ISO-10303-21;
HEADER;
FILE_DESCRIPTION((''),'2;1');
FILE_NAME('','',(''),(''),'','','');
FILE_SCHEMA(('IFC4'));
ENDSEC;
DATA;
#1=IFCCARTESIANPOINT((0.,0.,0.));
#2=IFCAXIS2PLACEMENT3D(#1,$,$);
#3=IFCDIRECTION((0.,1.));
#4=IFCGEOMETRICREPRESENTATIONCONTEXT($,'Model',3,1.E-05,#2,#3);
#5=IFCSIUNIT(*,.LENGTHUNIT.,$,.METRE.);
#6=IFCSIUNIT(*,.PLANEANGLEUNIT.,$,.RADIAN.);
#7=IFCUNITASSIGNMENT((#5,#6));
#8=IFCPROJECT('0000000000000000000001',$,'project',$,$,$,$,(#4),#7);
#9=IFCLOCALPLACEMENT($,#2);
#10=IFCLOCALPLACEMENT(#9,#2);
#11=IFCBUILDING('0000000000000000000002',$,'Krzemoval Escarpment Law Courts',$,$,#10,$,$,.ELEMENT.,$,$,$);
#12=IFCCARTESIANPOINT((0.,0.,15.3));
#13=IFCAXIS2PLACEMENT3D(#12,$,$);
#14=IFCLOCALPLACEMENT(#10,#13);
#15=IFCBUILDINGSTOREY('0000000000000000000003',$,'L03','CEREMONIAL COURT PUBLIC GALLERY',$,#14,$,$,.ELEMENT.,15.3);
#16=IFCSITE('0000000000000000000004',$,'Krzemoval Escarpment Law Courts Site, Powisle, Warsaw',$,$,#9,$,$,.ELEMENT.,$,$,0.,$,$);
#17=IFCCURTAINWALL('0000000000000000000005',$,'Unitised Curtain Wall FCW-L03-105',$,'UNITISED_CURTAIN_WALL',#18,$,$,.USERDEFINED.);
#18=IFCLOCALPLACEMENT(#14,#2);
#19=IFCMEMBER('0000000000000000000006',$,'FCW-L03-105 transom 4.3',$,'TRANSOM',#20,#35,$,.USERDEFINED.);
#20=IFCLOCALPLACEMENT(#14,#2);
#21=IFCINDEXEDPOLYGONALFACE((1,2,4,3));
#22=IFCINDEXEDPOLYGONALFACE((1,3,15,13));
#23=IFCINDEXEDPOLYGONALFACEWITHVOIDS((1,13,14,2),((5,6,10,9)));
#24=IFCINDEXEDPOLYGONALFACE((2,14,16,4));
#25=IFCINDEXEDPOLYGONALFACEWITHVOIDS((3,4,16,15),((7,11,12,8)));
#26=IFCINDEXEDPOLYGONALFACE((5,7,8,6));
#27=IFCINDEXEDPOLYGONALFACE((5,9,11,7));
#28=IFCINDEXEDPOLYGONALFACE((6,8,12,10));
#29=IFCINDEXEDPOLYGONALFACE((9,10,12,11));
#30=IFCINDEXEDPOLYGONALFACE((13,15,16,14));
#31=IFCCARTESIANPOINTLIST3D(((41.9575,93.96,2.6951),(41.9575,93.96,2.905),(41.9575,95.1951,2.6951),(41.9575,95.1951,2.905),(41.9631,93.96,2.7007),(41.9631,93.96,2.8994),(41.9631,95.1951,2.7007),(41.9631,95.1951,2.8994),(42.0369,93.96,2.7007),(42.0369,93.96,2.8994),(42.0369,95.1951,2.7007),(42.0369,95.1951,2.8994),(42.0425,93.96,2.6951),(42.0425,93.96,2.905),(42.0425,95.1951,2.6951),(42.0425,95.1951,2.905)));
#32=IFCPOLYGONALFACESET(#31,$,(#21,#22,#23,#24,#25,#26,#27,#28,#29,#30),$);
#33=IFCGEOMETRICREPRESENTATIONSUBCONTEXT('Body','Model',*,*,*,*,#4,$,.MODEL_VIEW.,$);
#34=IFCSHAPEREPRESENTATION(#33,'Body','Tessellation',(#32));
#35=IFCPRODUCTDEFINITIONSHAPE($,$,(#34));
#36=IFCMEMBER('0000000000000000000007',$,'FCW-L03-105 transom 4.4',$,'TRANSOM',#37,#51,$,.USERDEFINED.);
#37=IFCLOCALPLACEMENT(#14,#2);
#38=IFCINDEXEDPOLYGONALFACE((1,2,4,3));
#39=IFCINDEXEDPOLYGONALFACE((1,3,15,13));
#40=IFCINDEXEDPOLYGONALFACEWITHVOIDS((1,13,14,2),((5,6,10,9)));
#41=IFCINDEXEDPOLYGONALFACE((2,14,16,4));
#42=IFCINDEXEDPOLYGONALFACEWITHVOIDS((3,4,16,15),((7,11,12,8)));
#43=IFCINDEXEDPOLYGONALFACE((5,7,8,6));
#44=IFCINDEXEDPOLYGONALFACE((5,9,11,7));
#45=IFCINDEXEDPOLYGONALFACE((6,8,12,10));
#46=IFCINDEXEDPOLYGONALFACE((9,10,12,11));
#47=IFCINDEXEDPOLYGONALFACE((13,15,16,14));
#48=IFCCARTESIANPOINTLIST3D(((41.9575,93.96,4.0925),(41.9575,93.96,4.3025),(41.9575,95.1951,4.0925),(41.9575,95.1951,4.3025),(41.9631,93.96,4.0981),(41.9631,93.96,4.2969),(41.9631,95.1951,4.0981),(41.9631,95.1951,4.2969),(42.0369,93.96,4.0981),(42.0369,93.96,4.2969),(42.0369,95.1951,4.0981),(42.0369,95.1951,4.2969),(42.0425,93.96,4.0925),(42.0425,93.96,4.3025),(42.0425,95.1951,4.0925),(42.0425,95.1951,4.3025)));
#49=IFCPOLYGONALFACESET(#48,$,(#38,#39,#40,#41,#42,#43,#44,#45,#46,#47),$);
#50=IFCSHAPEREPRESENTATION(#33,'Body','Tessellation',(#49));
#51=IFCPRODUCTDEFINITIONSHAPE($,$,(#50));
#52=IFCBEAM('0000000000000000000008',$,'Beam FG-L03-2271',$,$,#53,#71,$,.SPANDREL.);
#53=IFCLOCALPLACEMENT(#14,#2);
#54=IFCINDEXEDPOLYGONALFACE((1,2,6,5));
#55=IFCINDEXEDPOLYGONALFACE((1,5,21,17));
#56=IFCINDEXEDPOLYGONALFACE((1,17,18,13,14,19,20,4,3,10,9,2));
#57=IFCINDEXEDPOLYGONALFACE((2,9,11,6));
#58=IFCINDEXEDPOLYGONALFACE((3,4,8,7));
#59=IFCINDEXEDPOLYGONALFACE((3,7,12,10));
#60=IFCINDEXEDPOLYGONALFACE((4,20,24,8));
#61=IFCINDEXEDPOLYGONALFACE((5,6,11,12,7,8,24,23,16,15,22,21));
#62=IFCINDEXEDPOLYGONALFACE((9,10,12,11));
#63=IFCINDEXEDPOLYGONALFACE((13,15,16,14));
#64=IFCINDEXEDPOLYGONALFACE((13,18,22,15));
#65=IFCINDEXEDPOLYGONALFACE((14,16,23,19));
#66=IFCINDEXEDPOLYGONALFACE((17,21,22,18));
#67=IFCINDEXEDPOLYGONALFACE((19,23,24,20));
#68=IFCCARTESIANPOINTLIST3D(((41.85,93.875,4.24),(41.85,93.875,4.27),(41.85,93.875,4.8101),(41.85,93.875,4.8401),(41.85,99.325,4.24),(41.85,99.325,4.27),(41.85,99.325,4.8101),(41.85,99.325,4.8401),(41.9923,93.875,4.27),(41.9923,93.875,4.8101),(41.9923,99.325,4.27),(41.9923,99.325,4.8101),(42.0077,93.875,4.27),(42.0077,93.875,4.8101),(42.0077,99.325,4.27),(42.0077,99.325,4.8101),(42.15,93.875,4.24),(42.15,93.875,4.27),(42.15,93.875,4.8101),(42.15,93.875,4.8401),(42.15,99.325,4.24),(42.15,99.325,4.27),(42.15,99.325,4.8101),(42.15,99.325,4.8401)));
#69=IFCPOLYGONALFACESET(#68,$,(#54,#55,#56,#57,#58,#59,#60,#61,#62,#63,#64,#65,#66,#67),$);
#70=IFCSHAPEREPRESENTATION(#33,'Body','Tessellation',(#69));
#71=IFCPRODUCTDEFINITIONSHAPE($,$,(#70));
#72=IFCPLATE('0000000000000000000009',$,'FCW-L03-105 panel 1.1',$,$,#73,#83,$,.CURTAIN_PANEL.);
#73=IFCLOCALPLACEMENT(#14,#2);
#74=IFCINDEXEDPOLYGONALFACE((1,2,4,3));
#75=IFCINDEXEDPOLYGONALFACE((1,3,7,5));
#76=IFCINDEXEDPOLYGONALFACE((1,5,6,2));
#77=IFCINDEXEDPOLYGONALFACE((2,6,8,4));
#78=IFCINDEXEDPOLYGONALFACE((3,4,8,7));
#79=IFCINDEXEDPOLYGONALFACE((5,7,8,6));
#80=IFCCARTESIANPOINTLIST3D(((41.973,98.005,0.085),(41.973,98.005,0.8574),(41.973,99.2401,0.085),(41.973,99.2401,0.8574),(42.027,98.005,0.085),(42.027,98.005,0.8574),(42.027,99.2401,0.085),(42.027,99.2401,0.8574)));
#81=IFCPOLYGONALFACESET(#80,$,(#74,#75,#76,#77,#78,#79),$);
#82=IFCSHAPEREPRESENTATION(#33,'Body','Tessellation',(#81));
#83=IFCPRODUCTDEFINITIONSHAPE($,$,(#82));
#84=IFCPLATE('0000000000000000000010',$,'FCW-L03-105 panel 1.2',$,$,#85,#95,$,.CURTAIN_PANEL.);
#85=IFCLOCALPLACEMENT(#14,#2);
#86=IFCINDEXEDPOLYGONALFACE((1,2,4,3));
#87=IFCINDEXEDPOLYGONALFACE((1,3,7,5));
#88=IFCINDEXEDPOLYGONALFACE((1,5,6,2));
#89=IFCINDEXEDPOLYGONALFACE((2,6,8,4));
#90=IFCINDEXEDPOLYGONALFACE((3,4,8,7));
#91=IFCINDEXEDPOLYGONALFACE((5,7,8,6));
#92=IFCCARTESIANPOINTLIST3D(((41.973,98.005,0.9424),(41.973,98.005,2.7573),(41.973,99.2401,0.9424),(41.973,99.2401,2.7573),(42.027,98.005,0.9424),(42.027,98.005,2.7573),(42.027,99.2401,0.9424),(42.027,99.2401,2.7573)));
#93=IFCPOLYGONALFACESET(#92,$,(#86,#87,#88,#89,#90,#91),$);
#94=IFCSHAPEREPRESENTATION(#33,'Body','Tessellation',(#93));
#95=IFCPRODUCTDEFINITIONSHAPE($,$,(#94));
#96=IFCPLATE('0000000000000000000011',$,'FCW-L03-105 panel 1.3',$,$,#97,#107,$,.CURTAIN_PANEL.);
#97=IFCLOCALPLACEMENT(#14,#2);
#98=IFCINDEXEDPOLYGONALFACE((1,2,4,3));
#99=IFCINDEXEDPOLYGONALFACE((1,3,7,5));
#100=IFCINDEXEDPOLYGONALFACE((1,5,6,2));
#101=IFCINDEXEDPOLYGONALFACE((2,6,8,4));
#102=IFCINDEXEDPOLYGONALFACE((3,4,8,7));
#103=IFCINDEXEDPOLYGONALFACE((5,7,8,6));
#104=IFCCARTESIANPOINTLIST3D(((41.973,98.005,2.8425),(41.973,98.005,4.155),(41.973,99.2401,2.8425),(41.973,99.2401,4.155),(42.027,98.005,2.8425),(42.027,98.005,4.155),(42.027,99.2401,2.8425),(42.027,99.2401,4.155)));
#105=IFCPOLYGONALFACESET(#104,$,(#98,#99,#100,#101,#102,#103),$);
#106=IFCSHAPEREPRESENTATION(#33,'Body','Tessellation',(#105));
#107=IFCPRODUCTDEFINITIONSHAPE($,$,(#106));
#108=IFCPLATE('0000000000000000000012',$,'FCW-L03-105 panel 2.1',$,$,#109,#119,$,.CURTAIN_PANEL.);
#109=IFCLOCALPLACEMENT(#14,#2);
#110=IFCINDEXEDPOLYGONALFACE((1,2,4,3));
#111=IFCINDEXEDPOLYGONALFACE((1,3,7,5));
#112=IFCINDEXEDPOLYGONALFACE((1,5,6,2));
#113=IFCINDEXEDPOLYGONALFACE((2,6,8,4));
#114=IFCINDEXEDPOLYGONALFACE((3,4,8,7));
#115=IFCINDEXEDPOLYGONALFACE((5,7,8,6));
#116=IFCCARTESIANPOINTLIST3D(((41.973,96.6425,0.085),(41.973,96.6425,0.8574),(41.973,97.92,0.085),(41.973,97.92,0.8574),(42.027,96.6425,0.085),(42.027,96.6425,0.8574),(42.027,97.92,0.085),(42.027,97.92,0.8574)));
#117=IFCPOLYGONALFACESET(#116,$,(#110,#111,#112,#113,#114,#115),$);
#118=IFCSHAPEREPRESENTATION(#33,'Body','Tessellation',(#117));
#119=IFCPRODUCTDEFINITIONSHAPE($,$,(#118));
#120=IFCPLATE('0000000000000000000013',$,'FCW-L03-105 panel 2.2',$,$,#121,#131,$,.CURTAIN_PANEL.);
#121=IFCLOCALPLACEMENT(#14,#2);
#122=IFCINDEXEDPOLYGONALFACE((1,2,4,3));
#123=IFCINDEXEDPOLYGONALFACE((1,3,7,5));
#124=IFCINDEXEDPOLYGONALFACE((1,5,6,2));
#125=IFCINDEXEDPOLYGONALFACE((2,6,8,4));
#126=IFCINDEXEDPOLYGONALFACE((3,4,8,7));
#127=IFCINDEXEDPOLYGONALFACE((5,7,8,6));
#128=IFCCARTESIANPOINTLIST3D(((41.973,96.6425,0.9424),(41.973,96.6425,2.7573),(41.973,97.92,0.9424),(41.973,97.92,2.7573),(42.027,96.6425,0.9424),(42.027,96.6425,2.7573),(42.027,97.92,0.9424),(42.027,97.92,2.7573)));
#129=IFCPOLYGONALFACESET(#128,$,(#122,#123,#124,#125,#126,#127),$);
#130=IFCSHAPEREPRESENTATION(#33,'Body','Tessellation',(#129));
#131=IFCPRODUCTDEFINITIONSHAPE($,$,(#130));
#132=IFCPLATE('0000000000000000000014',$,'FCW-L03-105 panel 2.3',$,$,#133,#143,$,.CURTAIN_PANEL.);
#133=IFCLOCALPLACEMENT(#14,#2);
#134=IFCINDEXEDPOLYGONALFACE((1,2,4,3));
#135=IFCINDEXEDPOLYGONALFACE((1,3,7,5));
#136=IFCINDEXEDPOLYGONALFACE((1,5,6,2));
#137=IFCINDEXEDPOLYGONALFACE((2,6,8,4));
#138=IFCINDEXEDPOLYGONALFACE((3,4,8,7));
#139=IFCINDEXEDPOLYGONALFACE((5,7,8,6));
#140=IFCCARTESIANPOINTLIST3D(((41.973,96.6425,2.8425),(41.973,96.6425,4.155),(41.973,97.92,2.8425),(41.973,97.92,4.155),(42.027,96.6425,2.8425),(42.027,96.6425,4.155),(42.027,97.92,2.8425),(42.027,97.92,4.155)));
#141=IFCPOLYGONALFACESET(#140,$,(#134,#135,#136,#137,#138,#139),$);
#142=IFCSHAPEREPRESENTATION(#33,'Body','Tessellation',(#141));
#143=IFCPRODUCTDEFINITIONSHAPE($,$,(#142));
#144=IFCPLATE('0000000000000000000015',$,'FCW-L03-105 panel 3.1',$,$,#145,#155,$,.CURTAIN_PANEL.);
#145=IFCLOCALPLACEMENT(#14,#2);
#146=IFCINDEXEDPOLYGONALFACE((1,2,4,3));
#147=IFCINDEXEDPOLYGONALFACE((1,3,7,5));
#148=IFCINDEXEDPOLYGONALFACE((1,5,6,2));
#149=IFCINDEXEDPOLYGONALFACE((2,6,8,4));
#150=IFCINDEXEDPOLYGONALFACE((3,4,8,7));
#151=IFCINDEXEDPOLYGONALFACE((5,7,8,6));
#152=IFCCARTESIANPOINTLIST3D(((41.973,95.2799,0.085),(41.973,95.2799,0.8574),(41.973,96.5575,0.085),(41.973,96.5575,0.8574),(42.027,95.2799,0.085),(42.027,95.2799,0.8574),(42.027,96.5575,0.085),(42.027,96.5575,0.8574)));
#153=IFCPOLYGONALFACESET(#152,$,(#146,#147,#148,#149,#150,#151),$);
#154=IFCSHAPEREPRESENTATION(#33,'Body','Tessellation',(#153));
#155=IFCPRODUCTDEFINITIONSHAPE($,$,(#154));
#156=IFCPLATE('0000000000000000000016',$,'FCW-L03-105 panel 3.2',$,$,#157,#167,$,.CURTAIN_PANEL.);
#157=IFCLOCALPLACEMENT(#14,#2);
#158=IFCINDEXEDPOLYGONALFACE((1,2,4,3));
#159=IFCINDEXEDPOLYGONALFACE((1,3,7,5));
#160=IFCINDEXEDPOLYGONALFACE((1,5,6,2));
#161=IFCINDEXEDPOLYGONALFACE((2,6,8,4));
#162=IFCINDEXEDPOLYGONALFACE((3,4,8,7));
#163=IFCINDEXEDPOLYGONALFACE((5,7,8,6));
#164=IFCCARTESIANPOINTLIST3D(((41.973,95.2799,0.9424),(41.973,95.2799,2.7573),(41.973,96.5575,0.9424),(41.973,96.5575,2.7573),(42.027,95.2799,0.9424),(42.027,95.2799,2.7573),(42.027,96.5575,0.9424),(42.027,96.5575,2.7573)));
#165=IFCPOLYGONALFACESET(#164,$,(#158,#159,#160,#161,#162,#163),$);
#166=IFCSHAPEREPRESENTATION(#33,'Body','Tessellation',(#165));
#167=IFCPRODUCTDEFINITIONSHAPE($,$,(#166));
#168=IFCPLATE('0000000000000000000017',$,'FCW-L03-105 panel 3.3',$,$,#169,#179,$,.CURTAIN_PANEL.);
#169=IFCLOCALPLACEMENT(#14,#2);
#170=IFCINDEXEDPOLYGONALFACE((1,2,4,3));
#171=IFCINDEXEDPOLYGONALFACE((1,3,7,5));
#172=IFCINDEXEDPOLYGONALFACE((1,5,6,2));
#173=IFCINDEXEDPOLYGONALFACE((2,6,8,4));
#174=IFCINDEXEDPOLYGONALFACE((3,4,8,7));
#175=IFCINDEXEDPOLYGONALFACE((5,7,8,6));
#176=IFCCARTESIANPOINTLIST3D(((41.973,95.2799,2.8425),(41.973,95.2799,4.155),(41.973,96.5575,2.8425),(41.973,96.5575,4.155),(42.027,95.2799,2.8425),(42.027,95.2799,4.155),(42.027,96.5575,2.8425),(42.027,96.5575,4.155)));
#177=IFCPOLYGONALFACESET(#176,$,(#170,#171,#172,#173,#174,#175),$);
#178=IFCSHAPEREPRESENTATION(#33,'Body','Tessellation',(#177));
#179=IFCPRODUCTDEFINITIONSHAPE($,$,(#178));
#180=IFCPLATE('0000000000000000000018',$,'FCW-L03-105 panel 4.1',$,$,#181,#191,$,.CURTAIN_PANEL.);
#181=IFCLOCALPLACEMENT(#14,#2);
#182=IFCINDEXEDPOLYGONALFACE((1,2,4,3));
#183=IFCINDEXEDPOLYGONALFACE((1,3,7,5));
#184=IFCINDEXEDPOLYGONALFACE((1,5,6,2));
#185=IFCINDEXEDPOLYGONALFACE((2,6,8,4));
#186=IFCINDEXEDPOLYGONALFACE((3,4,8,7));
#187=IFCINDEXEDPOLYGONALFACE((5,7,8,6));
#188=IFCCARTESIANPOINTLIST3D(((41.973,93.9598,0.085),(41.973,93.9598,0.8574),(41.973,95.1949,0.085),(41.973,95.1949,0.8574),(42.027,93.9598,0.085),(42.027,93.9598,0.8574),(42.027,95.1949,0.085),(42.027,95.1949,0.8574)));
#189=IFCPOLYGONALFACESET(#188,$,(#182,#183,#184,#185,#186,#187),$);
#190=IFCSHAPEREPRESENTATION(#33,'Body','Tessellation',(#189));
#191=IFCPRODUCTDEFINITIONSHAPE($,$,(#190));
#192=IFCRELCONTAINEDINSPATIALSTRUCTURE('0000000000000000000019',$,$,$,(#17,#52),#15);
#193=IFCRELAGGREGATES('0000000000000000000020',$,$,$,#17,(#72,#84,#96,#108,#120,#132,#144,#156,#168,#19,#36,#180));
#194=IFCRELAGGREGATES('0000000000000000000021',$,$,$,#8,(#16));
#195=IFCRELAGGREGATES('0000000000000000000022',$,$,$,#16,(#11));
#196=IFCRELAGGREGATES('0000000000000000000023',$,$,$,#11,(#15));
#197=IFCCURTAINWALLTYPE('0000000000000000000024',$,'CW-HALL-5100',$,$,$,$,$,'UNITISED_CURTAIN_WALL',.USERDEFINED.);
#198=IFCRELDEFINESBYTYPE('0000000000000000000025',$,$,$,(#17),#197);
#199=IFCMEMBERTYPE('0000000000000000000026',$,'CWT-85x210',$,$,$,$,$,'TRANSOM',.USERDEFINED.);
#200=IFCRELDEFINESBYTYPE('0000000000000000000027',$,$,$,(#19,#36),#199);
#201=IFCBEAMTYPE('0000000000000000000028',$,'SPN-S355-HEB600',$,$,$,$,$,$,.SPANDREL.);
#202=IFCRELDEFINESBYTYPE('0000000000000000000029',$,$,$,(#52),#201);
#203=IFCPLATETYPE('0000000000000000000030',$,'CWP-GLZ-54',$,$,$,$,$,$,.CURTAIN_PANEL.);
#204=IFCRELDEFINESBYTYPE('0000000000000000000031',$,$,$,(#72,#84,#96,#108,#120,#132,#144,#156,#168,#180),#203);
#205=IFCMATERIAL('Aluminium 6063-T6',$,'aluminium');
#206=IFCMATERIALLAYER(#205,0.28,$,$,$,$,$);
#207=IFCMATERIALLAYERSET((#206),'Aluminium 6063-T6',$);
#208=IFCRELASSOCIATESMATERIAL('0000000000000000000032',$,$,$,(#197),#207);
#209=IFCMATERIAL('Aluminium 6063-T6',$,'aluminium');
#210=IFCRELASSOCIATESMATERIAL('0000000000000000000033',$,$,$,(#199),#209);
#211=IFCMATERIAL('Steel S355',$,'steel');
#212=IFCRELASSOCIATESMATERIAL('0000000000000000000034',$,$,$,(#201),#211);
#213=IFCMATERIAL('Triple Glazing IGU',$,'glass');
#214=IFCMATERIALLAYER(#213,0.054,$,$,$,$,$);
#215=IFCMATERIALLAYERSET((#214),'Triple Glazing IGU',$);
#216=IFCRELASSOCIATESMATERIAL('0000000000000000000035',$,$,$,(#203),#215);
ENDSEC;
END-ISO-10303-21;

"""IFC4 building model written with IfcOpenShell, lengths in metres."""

from ifc_helpers import new_model, si_unit, direction, frame, origin, origin_2d, place, context, subcontext, project, spatial, rectangle, hollow_rectangle, i_section, extrude, material, layer, layer_set, material_profile, profile_set, type_object, element, aggregate, save


model = new_model("IFC4")

# Units and contexts
model_context = context("Model", 3, precision=1e-05, world=origin(), true_north=direction((0.0, 1.0)))
body_context = subcontext(model_context, "Body", "Model", "MODEL_VIEW")
ifc_project = project(units=[si_unit("LENGTHUNIT", "METRE"), si_unit("PLANEANGLEUNIT", "RADIAN")], contexts=[model_context])

# Site, building, storey
site_placement = place(None, origin())
site = spatial("IfcSite", under=ifc_project, at=site_placement, Name="Krzemoval Escarpment Law Courts Site, Powisle, Warsaw", CompositionType="ELEMENT", RefElevation=0.0)
building_placement = place(site_placement, origin())
building = spatial("IfcBuilding", under=site, at=building_placement, Name="Krzemoval Escarpment Law Courts", CompositionType="ELEMENT")
storey_placement = place(building_placement, frame((0.0, 0.0, 15.3)))
storey = spatial("IfcBuildingStorey", under=building, at=storey_placement, Name="L03", Description="CEREMONIAL COURT PUBLIC GALLERY", CompositionType="ELEMENT", Elevation=15.3)

# Curtain wall
ifc_material_1 = material(Name="Aluminium 6063-T6", Category="aluminium")
ifc_layer_1 = layer(ifc_material_1, 0.28)
ifc_layer_set_1 = layer_set([ifc_layer_1], Name="Aluminium 6063-T6")
curtain_wall_type = type_object("IfcCurtainWallType", Name="CW-HALL-5100", ElementType="UNITISED_CURTAIN_WALL", PredefinedType="USERDEFINED", material=ifc_layer_set_1)
curtain_wall_1_placement = place(storey_placement, origin())
curtain_wall_1 = element("IfcCurtainWall", 1, at=curtain_wall_1_placement, inside=storey, type_object=curtain_wall_type, Name="Unitised Curtain Wall FCW-L03-105", ObjectType="UNITISED_CURTAIN_WALL", PredefinedType="USERDEFINED")

# Members
ifc_material_2 = material(Name="Aluminium 6063-T6", Category="aluminium")
ifc_material_profile_1 = material_profile(ifc_material_2, hollow_rectangle(XDim=0.085, YDim=0.21, WallThickness=0.0056, at=origin_2d()), Name="ALU T85x210")
ifc_profile_set_1 = profile_set([ifc_material_profile_1], Name="Aluminium 6063-T6")
member_type_1 = type_object("IfcMemberType", Name="CWT-85x210", ElementType="TRANSOM", PredefinedType="USERDEFINED", material=ifc_profile_set_1)
member_1_placement = place(storey_placement, frame((42.0, 95.1951, 2.8), z_axis=(0.0, -1.0, 0.0), x_axis=(1.0, 0.0, 0.0)))
member_1 = element("IfcMember", 2, at=member_1_placement, type_object=member_type_1, Name="FCW-L03-105 transom 4.3", ObjectType="TRANSOM", PredefinedType="USERDEFINED", context=body_context, shape_type="SweptSolid", body=[
    extrude(hollow_rectangle(XDim=0.085, YDim=0.21, WallThickness=0.0056, at=origin_2d()), origin(), (0.0, 0.0, 1.0), 1.2351),
])
member_2_placement = place(storey_placement, frame((42.0, 95.1951, 4.1975), z_axis=(0.0, -1.0, 0.0), x_axis=(1.0, 0.0, 0.0)))
member_2 = element("IfcMember", 3, at=member_2_placement, type_object=member_type_1, Name="FCW-L03-105 transom 4.4", ObjectType="TRANSOM", PredefinedType="USERDEFINED", context=body_context, shape_type="SweptSolid", body=[
    extrude(hollow_rectangle(XDim=0.085, YDim=0.21, WallThickness=0.0056, at=origin_2d()), origin(), (0.0, 0.0, 1.0), 1.2351),
])

# Beam
ifc_material_3 = material(Name="Steel S355", Category="steel")
ifc_material_profile_2 = material_profile(ifc_material_3, i_section(OverallWidth=0.3, OverallDepth=0.6001, WebThickness=0.0154, FlangeThickness=0.03, at=origin_2d()), Name="HEB 600")
ifc_profile_set_2 = profile_set([ifc_material_profile_2], Name="Steel S355")
beam_type = type_object("IfcBeamType", Name="SPN-S355-HEB600", PredefinedType="SPANDREL", material=ifc_profile_set_2)
beam_placement = place(storey_placement, frame((42.0, 93.875, 4.54), z_axis=(0.0, 1.0, 0.0), x_axis=(-1.0, 0.0, 0.0)))
element("IfcBeam", 4, at=beam_placement, inside=storey, type_object=beam_type, Name="Beam FG-L03-2271", PredefinedType="SPANDREL", context=body_context, shape_type="SweptSolid", body=[
    extrude(i_section(OverallWidth=0.3, OverallDepth=0.6001, WebThickness=0.0154, FlangeThickness=0.03, at=origin_2d()), origin(), (0.0, 0.0, 1.0), 5.45),
])

# Plates
ifc_material_4 = material(Name="Triple Glazing IGU", Category="glass")
ifc_layer_2 = layer(ifc_material_4, 0.054)
ifc_layer_set_2 = layer_set([ifc_layer_2], Name="Triple Glazing IGU")
plate_type = type_object("IfcPlateType", Name="CWP-GLZ-54", PredefinedType="CURTAIN_PANEL", material=ifc_layer_set_2)
plate_1_placement = place(storey_placement, frame((42.0, 98.6226, 0.085), z_axis=(0.0, 0.0, 1.0), x_axis=(0.0, -1.0, 0.0)))
plate_1 = element("IfcPlate", 5, at=plate_1_placement, type_object=plate_type, Name="FCW-L03-105 panel 1.1", PredefinedType="CURTAIN_PANEL", context=body_context, shape_type="SweptSolid", body=[
    extrude(rectangle(XDim=1.2351, YDim=0.054, at=origin_2d()), origin(), (0.0, 0.0, 1.0), 0.7725),
])
plate_2_placement = place(storey_placement, frame((42.0, 98.6226, 0.9424), z_axis=(0.0, 0.0, 1.0), x_axis=(0.0, -1.0, 0.0)))
plate_2 = element("IfcPlate", 6, at=plate_2_placement, type_object=plate_type, Name="FCW-L03-105 panel 1.2", PredefinedType="CURTAIN_PANEL", context=body_context, shape_type="SweptSolid", body=[
    extrude(rectangle(XDim=1.2351, YDim=0.054, at=origin_2d()), origin(), (0.0, 0.0, 1.0), 1.8149),
])
plate_3_placement = place(storey_placement, frame((42.0, 98.6226, 2.8425), z_axis=(0.0, 0.0, 1.0), x_axis=(0.0, -1.0, 0.0)))
plate_3 = element("IfcPlate", 7, at=plate_3_placement, type_object=plate_type, Name="FCW-L03-105 panel 1.3", PredefinedType="CURTAIN_PANEL", context=body_context, shape_type="SweptSolid", body=[
    extrude(rectangle(XDim=1.2351, YDim=0.054, at=origin_2d()), origin(), (0.0, 0.0, 1.0), 1.3125),
])
plate_4_placement = place(storey_placement, frame((42.0, 97.2812, 0.085), z_axis=(0.0, 0.0, 1.0), x_axis=(0.0, -1.0, 0.0)))
plate_4 = element("IfcPlate", 8, at=plate_4_placement, type_object=plate_type, Name="FCW-L03-105 panel 2.1", PredefinedType="CURTAIN_PANEL", context=body_context, shape_type="SweptSolid", body=[
    extrude(rectangle(XDim=1.2776, YDim=0.054, at=origin_2d()), origin(), (0.0, 0.0, 1.0), 0.7725),
])
plate_5_placement = place(storey_placement, frame((42.0, 97.2812, 0.9424), z_axis=(0.0, 0.0, 1.0), x_axis=(0.0, -1.0, 0.0)))
plate_5 = element("IfcPlate", 9, at=plate_5_placement, type_object=plate_type, Name="FCW-L03-105 panel 2.2", PredefinedType="CURTAIN_PANEL", context=body_context, shape_type="SweptSolid", body=[
    extrude(rectangle(XDim=1.2776, YDim=0.054, at=origin_2d()), origin(), (0.0, 0.0, 1.0), 1.8149),
])
plate_6_placement = place(storey_placement, frame((42.0, 97.2812, 2.8425), z_axis=(0.0, 0.0, 1.0), x_axis=(0.0, -1.0, 0.0)))
plate_6 = element("IfcPlate", 10, at=plate_6_placement, type_object=plate_type, Name="FCW-L03-105 panel 2.3", PredefinedType="CURTAIN_PANEL", context=body_context, shape_type="SweptSolid", body=[
    extrude(rectangle(XDim=1.2776, YDim=0.054, at=origin_2d()), origin(), (0.0, 0.0, 1.0), 1.3125),
])
plate_7_placement = place(storey_placement, frame((42.0, 95.9187, 0.085), z_axis=(0.0, 0.0, 1.0), x_axis=(0.0, -1.0, 0.0)))
plate_7 = element("IfcPlate", 11, at=plate_7_placement, type_object=plate_type, Name="FCW-L03-105 panel 3.1", PredefinedType="CURTAIN_PANEL", context=body_context, shape_type="SweptSolid", body=[
    extrude(rectangle(XDim=1.2776, YDim=0.054, at=origin_2d()), origin(), (0.0, 0.0, 1.0), 0.7725),
])
plate_8_placement = place(storey_placement, frame((42.0, 95.9187, 0.9424), z_axis=(0.0, 0.0, 1.0), x_axis=(0.0, -1.0, 0.0)))
plate_8 = element("IfcPlate", 12, at=plate_8_placement, type_object=plate_type, Name="FCW-L03-105 panel 3.2", PredefinedType="CURTAIN_PANEL", context=body_context, shape_type="SweptSolid", body=[
    extrude(rectangle(XDim=1.2776, YDim=0.054, at=origin_2d()), origin(), (0.0, 0.0, 1.0), 1.8149),
])
plate_9_placement = place(storey_placement, frame((42.0, 95.9187, 2.8425), z_axis=(0.0, 0.0, 1.0), x_axis=(0.0, -1.0, 0.0)))
plate_9 = element("IfcPlate", 13, at=plate_9_placement, type_object=plate_type, Name="FCW-L03-105 panel 3.3", PredefinedType="CURTAIN_PANEL", context=body_context, shape_type="SweptSolid", body=[
    extrude(rectangle(XDim=1.2776, YDim=0.054, at=origin_2d()), origin(), (0.0, 0.0, 1.0), 1.3125),
])
plate_10_placement = place(storey_placement, frame((42.0, 94.5774, 0.085), z_axis=(0.0, 0.0, 1.0), x_axis=(0.0, -1.0, 0.0)))
plate_10 = element("IfcPlate", 14, at=plate_10_placement, type_object=plate_type, Name="FCW-L03-105 panel 4.1", PredefinedType="CURTAIN_PANEL", context=body_context, shape_type="SweptSolid", body=[
    extrude(rectangle(XDim=1.2351, YDim=0.054, at=origin_2d()), origin(), (0.0, 0.0, 1.0), 0.7725),
])
aggregate(curtain_wall_1, [plate_1, plate_2, plate_3, plate_4, plate_5, plate_6, plate_7, plate_8, plate_9, member_1, member_2, plate_10])

save(model, "model.ifc")
